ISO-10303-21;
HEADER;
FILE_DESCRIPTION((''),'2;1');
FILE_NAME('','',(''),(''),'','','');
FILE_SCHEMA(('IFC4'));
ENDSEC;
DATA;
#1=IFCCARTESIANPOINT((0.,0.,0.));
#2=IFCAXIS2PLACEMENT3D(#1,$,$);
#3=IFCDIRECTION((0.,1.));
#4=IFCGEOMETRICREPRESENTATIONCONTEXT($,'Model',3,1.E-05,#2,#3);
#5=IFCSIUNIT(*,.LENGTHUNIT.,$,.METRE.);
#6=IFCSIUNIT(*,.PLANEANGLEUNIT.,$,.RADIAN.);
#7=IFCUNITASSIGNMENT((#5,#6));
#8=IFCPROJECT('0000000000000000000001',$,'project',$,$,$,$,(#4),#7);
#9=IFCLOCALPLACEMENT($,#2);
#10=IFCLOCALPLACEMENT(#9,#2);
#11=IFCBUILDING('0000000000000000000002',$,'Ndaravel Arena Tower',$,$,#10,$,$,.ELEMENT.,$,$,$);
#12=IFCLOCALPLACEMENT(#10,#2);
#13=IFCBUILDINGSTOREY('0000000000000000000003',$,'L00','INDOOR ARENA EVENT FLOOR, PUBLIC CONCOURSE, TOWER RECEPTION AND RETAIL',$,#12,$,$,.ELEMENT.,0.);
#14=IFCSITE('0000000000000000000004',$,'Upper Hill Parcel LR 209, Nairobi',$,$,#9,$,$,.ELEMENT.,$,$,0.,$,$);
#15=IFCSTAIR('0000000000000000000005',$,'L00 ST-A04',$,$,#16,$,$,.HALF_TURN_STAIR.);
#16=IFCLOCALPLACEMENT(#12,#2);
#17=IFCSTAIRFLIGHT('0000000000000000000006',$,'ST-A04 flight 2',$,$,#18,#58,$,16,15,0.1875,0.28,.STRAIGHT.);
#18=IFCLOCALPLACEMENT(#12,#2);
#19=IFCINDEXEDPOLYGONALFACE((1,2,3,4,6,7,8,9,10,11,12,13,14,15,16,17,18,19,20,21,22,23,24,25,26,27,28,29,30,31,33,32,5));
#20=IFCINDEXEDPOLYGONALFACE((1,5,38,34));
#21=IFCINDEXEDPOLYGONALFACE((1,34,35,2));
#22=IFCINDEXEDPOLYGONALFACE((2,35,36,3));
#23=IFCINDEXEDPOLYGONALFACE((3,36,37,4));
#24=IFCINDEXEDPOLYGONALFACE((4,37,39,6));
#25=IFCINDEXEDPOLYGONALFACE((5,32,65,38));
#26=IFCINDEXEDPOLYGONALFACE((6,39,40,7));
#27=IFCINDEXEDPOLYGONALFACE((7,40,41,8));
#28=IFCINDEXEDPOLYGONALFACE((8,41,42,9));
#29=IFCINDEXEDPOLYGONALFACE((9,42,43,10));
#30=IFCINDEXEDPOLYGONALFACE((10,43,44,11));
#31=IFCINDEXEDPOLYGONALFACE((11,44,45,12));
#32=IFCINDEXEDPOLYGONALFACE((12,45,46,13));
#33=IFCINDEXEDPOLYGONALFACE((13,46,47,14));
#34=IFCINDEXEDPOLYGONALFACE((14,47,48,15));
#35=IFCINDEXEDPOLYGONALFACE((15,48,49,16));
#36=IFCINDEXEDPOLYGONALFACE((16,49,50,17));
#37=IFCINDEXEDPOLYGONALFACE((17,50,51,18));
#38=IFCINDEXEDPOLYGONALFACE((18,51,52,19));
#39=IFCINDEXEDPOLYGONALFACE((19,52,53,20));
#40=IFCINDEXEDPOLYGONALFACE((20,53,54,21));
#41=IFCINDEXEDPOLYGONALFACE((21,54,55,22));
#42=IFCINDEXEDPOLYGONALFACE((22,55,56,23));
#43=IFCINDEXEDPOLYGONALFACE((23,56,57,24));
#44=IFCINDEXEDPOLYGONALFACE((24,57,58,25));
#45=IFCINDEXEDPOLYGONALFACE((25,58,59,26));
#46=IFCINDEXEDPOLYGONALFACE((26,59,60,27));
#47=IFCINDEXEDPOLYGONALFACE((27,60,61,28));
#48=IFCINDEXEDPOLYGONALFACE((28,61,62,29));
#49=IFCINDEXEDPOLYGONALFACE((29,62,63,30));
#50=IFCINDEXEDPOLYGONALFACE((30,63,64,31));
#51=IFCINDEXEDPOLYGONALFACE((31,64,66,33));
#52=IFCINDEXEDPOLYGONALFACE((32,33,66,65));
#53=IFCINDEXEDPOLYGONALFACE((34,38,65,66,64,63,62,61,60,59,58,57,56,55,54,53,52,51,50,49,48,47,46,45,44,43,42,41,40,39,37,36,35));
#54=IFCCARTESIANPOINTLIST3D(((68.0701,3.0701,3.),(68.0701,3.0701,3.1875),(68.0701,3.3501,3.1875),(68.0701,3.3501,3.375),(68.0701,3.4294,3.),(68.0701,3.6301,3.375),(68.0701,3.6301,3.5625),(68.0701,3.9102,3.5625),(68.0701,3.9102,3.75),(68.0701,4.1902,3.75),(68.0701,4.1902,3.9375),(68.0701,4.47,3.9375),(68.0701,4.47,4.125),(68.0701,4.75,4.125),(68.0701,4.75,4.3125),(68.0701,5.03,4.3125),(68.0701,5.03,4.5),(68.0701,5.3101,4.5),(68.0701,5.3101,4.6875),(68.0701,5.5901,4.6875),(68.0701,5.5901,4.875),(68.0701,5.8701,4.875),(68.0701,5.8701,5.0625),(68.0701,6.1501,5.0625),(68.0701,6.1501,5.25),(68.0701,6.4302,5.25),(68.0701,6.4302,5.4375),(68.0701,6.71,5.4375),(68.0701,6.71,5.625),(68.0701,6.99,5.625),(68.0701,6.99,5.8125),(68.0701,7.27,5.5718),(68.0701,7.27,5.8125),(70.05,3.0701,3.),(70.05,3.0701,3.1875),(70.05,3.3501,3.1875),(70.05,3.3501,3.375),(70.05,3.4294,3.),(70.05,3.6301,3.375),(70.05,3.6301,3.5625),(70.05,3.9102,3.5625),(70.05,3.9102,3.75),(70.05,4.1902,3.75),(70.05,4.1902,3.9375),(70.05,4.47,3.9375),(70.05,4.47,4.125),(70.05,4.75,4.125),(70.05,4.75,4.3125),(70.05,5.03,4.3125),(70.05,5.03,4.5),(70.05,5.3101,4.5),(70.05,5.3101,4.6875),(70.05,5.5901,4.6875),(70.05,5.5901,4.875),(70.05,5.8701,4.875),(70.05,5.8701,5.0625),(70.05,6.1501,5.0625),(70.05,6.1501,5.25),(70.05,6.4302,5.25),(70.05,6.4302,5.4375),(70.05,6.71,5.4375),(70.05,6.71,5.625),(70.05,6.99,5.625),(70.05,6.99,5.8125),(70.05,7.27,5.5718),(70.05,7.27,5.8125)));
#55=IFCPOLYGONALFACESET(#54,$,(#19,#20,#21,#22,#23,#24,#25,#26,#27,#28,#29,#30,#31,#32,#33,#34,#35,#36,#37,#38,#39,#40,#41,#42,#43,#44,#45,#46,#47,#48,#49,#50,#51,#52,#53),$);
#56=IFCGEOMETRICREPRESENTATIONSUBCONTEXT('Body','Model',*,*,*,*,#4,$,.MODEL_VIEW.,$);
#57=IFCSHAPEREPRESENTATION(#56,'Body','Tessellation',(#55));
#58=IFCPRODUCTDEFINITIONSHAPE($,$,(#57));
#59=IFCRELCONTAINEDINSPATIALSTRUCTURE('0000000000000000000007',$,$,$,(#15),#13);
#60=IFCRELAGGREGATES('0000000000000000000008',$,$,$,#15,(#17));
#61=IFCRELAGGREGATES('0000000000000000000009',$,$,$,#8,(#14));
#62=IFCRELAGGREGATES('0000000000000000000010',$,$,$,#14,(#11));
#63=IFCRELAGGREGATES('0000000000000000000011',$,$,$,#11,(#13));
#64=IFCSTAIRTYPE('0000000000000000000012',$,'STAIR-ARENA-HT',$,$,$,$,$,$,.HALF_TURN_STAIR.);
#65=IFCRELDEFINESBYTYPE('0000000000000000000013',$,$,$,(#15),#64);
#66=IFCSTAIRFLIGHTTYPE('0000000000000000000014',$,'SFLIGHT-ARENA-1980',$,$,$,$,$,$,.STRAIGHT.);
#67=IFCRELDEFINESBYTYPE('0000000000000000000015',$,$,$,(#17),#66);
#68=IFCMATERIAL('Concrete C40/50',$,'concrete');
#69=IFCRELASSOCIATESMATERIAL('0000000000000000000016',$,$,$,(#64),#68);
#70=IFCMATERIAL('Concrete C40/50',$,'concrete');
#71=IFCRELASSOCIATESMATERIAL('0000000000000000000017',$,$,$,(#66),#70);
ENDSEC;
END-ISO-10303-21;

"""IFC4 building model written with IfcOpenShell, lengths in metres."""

from ifc_helpers import new_model, si_unit, direction, frame, origin, place, context, subcontext, project, spatial, polyline, outline, extrude, material, type_object, element, aggregate, save


model = new_model("IFC4")

# Units and contexts
model_context = context("Model", 3, precision=1e-05, world=origin(), true_north=direction((0.0, 1.0)))
body_context = subcontext(model_context, "Body", "Model", "MODEL_VIEW")
ifc_project = project(units=[si_unit("LENGTHUNIT", "METRE"), si_unit("PLANEANGLEUNIT", "RADIAN")], contexts=[model_context])

# Site, building, storey
site_placement = place(None, origin())
site = spatial("IfcSite", under=ifc_project, at=site_placement, Name="Upper Hill Parcel LR 209, Nairobi", CompositionType="ELEMENT", RefElevation=0.0)
building_placement = place(site_placement, origin())
building = spatial("IfcBuilding", under=site, at=building_placement, Name="Ndaravel Arena Tower", CompositionType="ELEMENT")
storey_placement = place(building_placement, origin())
storey = spatial("IfcBuildingStorey", under=building, at=storey_placement, Name="L00", Description="INDOOR ARENA EVENT FLOOR, PUBLIC CONCOURSE, TOWER RECEPTION AND RETAIL", CompositionType="ELEMENT", Elevation=0.0)

# Stair, stair flight
ifc_material_1 = material(Name="Concrete C40/50", Category="concrete")
stair_type = type_object("IfcStairType", Name="STAIR-ARENA-HT", PredefinedType="HALF_TURN_STAIR", material=ifc_material_1)
stair_placement = place(storey_placement, origin())
stair = element("IfcStair", 1, at=stair_placement, inside=storey, type_object=stair_type, Name="L00 ST-A04", PredefinedType="HALF_TURN_STAIR")
ifc_material_2 = material(Name="Concrete C40/50", Category="concrete")
stair_flight_type = type_object("IfcStairFlightType", Name="SFLIGHT-ARENA-1980", PredefinedType="STRAIGHT", material=ifc_material_2)
stair_flight_1_placement = place(storey_placement, frame((69.0601, 3.0701, 3.0), z_axis=(0.0, 0.0, 1.0), x_axis=(0.0, 1.0, 0.0)))
stair_flight_1 = element("IfcStairFlight", 2, at=stair_flight_1_placement, type_object=stair_flight_type, Name="ST-A04 flight 2", NumberOfRisers=16, NumberOfTreads=15, PredefinedType="STRAIGHT", RiserHeight=0.1875, TreadLength=0.28, context=body_context, shape_type="SweptSolid", body=[
    extrude(outline(polyline([(0.0, 0.0), (0.0, 0.1875), (0.28, 0.1875), (0.28, 0.375), (0.5601, 0.375), (0.5601, 0.5625), (0.8401, 0.5625), (0.8401, 0.75), (1.1201, 0.75), (1.1201, 0.9375), (1.3999, 0.9375), (1.3999, 1.125), (1.6799, 1.125), (1.6799, 1.3125), (1.96, 1.3125), (1.96, 1.5), (2.24, 1.5), (2.24, 1.6875), (2.52, 1.6875), (2.52, 1.875), (2.8, 1.875), (2.8, 2.0625), (3.0801, 2.0625), (3.0801, 2.25), (3.3601, 2.25), (3.3601, 2.4375), (3.6399, 2.4375), (3.6399, 2.625), (3.9199, 2.625), (3.9199, 2.8125), (4.2, 2.8125), (4.2, 3.0), (4.2, 2.5718), (0.3594, 0.0), (0.0, 0.0)])), frame((0.0, 0.99, 0.0), z_axis=(0.0, -1.0, 0.0), x_axis=(1.0, 0.0, 0.0)), (0.0, 0.0, 1.0), 1.98),
])
aggregate(stair, [stair_flight_1])

save(model, "model.ifc")
